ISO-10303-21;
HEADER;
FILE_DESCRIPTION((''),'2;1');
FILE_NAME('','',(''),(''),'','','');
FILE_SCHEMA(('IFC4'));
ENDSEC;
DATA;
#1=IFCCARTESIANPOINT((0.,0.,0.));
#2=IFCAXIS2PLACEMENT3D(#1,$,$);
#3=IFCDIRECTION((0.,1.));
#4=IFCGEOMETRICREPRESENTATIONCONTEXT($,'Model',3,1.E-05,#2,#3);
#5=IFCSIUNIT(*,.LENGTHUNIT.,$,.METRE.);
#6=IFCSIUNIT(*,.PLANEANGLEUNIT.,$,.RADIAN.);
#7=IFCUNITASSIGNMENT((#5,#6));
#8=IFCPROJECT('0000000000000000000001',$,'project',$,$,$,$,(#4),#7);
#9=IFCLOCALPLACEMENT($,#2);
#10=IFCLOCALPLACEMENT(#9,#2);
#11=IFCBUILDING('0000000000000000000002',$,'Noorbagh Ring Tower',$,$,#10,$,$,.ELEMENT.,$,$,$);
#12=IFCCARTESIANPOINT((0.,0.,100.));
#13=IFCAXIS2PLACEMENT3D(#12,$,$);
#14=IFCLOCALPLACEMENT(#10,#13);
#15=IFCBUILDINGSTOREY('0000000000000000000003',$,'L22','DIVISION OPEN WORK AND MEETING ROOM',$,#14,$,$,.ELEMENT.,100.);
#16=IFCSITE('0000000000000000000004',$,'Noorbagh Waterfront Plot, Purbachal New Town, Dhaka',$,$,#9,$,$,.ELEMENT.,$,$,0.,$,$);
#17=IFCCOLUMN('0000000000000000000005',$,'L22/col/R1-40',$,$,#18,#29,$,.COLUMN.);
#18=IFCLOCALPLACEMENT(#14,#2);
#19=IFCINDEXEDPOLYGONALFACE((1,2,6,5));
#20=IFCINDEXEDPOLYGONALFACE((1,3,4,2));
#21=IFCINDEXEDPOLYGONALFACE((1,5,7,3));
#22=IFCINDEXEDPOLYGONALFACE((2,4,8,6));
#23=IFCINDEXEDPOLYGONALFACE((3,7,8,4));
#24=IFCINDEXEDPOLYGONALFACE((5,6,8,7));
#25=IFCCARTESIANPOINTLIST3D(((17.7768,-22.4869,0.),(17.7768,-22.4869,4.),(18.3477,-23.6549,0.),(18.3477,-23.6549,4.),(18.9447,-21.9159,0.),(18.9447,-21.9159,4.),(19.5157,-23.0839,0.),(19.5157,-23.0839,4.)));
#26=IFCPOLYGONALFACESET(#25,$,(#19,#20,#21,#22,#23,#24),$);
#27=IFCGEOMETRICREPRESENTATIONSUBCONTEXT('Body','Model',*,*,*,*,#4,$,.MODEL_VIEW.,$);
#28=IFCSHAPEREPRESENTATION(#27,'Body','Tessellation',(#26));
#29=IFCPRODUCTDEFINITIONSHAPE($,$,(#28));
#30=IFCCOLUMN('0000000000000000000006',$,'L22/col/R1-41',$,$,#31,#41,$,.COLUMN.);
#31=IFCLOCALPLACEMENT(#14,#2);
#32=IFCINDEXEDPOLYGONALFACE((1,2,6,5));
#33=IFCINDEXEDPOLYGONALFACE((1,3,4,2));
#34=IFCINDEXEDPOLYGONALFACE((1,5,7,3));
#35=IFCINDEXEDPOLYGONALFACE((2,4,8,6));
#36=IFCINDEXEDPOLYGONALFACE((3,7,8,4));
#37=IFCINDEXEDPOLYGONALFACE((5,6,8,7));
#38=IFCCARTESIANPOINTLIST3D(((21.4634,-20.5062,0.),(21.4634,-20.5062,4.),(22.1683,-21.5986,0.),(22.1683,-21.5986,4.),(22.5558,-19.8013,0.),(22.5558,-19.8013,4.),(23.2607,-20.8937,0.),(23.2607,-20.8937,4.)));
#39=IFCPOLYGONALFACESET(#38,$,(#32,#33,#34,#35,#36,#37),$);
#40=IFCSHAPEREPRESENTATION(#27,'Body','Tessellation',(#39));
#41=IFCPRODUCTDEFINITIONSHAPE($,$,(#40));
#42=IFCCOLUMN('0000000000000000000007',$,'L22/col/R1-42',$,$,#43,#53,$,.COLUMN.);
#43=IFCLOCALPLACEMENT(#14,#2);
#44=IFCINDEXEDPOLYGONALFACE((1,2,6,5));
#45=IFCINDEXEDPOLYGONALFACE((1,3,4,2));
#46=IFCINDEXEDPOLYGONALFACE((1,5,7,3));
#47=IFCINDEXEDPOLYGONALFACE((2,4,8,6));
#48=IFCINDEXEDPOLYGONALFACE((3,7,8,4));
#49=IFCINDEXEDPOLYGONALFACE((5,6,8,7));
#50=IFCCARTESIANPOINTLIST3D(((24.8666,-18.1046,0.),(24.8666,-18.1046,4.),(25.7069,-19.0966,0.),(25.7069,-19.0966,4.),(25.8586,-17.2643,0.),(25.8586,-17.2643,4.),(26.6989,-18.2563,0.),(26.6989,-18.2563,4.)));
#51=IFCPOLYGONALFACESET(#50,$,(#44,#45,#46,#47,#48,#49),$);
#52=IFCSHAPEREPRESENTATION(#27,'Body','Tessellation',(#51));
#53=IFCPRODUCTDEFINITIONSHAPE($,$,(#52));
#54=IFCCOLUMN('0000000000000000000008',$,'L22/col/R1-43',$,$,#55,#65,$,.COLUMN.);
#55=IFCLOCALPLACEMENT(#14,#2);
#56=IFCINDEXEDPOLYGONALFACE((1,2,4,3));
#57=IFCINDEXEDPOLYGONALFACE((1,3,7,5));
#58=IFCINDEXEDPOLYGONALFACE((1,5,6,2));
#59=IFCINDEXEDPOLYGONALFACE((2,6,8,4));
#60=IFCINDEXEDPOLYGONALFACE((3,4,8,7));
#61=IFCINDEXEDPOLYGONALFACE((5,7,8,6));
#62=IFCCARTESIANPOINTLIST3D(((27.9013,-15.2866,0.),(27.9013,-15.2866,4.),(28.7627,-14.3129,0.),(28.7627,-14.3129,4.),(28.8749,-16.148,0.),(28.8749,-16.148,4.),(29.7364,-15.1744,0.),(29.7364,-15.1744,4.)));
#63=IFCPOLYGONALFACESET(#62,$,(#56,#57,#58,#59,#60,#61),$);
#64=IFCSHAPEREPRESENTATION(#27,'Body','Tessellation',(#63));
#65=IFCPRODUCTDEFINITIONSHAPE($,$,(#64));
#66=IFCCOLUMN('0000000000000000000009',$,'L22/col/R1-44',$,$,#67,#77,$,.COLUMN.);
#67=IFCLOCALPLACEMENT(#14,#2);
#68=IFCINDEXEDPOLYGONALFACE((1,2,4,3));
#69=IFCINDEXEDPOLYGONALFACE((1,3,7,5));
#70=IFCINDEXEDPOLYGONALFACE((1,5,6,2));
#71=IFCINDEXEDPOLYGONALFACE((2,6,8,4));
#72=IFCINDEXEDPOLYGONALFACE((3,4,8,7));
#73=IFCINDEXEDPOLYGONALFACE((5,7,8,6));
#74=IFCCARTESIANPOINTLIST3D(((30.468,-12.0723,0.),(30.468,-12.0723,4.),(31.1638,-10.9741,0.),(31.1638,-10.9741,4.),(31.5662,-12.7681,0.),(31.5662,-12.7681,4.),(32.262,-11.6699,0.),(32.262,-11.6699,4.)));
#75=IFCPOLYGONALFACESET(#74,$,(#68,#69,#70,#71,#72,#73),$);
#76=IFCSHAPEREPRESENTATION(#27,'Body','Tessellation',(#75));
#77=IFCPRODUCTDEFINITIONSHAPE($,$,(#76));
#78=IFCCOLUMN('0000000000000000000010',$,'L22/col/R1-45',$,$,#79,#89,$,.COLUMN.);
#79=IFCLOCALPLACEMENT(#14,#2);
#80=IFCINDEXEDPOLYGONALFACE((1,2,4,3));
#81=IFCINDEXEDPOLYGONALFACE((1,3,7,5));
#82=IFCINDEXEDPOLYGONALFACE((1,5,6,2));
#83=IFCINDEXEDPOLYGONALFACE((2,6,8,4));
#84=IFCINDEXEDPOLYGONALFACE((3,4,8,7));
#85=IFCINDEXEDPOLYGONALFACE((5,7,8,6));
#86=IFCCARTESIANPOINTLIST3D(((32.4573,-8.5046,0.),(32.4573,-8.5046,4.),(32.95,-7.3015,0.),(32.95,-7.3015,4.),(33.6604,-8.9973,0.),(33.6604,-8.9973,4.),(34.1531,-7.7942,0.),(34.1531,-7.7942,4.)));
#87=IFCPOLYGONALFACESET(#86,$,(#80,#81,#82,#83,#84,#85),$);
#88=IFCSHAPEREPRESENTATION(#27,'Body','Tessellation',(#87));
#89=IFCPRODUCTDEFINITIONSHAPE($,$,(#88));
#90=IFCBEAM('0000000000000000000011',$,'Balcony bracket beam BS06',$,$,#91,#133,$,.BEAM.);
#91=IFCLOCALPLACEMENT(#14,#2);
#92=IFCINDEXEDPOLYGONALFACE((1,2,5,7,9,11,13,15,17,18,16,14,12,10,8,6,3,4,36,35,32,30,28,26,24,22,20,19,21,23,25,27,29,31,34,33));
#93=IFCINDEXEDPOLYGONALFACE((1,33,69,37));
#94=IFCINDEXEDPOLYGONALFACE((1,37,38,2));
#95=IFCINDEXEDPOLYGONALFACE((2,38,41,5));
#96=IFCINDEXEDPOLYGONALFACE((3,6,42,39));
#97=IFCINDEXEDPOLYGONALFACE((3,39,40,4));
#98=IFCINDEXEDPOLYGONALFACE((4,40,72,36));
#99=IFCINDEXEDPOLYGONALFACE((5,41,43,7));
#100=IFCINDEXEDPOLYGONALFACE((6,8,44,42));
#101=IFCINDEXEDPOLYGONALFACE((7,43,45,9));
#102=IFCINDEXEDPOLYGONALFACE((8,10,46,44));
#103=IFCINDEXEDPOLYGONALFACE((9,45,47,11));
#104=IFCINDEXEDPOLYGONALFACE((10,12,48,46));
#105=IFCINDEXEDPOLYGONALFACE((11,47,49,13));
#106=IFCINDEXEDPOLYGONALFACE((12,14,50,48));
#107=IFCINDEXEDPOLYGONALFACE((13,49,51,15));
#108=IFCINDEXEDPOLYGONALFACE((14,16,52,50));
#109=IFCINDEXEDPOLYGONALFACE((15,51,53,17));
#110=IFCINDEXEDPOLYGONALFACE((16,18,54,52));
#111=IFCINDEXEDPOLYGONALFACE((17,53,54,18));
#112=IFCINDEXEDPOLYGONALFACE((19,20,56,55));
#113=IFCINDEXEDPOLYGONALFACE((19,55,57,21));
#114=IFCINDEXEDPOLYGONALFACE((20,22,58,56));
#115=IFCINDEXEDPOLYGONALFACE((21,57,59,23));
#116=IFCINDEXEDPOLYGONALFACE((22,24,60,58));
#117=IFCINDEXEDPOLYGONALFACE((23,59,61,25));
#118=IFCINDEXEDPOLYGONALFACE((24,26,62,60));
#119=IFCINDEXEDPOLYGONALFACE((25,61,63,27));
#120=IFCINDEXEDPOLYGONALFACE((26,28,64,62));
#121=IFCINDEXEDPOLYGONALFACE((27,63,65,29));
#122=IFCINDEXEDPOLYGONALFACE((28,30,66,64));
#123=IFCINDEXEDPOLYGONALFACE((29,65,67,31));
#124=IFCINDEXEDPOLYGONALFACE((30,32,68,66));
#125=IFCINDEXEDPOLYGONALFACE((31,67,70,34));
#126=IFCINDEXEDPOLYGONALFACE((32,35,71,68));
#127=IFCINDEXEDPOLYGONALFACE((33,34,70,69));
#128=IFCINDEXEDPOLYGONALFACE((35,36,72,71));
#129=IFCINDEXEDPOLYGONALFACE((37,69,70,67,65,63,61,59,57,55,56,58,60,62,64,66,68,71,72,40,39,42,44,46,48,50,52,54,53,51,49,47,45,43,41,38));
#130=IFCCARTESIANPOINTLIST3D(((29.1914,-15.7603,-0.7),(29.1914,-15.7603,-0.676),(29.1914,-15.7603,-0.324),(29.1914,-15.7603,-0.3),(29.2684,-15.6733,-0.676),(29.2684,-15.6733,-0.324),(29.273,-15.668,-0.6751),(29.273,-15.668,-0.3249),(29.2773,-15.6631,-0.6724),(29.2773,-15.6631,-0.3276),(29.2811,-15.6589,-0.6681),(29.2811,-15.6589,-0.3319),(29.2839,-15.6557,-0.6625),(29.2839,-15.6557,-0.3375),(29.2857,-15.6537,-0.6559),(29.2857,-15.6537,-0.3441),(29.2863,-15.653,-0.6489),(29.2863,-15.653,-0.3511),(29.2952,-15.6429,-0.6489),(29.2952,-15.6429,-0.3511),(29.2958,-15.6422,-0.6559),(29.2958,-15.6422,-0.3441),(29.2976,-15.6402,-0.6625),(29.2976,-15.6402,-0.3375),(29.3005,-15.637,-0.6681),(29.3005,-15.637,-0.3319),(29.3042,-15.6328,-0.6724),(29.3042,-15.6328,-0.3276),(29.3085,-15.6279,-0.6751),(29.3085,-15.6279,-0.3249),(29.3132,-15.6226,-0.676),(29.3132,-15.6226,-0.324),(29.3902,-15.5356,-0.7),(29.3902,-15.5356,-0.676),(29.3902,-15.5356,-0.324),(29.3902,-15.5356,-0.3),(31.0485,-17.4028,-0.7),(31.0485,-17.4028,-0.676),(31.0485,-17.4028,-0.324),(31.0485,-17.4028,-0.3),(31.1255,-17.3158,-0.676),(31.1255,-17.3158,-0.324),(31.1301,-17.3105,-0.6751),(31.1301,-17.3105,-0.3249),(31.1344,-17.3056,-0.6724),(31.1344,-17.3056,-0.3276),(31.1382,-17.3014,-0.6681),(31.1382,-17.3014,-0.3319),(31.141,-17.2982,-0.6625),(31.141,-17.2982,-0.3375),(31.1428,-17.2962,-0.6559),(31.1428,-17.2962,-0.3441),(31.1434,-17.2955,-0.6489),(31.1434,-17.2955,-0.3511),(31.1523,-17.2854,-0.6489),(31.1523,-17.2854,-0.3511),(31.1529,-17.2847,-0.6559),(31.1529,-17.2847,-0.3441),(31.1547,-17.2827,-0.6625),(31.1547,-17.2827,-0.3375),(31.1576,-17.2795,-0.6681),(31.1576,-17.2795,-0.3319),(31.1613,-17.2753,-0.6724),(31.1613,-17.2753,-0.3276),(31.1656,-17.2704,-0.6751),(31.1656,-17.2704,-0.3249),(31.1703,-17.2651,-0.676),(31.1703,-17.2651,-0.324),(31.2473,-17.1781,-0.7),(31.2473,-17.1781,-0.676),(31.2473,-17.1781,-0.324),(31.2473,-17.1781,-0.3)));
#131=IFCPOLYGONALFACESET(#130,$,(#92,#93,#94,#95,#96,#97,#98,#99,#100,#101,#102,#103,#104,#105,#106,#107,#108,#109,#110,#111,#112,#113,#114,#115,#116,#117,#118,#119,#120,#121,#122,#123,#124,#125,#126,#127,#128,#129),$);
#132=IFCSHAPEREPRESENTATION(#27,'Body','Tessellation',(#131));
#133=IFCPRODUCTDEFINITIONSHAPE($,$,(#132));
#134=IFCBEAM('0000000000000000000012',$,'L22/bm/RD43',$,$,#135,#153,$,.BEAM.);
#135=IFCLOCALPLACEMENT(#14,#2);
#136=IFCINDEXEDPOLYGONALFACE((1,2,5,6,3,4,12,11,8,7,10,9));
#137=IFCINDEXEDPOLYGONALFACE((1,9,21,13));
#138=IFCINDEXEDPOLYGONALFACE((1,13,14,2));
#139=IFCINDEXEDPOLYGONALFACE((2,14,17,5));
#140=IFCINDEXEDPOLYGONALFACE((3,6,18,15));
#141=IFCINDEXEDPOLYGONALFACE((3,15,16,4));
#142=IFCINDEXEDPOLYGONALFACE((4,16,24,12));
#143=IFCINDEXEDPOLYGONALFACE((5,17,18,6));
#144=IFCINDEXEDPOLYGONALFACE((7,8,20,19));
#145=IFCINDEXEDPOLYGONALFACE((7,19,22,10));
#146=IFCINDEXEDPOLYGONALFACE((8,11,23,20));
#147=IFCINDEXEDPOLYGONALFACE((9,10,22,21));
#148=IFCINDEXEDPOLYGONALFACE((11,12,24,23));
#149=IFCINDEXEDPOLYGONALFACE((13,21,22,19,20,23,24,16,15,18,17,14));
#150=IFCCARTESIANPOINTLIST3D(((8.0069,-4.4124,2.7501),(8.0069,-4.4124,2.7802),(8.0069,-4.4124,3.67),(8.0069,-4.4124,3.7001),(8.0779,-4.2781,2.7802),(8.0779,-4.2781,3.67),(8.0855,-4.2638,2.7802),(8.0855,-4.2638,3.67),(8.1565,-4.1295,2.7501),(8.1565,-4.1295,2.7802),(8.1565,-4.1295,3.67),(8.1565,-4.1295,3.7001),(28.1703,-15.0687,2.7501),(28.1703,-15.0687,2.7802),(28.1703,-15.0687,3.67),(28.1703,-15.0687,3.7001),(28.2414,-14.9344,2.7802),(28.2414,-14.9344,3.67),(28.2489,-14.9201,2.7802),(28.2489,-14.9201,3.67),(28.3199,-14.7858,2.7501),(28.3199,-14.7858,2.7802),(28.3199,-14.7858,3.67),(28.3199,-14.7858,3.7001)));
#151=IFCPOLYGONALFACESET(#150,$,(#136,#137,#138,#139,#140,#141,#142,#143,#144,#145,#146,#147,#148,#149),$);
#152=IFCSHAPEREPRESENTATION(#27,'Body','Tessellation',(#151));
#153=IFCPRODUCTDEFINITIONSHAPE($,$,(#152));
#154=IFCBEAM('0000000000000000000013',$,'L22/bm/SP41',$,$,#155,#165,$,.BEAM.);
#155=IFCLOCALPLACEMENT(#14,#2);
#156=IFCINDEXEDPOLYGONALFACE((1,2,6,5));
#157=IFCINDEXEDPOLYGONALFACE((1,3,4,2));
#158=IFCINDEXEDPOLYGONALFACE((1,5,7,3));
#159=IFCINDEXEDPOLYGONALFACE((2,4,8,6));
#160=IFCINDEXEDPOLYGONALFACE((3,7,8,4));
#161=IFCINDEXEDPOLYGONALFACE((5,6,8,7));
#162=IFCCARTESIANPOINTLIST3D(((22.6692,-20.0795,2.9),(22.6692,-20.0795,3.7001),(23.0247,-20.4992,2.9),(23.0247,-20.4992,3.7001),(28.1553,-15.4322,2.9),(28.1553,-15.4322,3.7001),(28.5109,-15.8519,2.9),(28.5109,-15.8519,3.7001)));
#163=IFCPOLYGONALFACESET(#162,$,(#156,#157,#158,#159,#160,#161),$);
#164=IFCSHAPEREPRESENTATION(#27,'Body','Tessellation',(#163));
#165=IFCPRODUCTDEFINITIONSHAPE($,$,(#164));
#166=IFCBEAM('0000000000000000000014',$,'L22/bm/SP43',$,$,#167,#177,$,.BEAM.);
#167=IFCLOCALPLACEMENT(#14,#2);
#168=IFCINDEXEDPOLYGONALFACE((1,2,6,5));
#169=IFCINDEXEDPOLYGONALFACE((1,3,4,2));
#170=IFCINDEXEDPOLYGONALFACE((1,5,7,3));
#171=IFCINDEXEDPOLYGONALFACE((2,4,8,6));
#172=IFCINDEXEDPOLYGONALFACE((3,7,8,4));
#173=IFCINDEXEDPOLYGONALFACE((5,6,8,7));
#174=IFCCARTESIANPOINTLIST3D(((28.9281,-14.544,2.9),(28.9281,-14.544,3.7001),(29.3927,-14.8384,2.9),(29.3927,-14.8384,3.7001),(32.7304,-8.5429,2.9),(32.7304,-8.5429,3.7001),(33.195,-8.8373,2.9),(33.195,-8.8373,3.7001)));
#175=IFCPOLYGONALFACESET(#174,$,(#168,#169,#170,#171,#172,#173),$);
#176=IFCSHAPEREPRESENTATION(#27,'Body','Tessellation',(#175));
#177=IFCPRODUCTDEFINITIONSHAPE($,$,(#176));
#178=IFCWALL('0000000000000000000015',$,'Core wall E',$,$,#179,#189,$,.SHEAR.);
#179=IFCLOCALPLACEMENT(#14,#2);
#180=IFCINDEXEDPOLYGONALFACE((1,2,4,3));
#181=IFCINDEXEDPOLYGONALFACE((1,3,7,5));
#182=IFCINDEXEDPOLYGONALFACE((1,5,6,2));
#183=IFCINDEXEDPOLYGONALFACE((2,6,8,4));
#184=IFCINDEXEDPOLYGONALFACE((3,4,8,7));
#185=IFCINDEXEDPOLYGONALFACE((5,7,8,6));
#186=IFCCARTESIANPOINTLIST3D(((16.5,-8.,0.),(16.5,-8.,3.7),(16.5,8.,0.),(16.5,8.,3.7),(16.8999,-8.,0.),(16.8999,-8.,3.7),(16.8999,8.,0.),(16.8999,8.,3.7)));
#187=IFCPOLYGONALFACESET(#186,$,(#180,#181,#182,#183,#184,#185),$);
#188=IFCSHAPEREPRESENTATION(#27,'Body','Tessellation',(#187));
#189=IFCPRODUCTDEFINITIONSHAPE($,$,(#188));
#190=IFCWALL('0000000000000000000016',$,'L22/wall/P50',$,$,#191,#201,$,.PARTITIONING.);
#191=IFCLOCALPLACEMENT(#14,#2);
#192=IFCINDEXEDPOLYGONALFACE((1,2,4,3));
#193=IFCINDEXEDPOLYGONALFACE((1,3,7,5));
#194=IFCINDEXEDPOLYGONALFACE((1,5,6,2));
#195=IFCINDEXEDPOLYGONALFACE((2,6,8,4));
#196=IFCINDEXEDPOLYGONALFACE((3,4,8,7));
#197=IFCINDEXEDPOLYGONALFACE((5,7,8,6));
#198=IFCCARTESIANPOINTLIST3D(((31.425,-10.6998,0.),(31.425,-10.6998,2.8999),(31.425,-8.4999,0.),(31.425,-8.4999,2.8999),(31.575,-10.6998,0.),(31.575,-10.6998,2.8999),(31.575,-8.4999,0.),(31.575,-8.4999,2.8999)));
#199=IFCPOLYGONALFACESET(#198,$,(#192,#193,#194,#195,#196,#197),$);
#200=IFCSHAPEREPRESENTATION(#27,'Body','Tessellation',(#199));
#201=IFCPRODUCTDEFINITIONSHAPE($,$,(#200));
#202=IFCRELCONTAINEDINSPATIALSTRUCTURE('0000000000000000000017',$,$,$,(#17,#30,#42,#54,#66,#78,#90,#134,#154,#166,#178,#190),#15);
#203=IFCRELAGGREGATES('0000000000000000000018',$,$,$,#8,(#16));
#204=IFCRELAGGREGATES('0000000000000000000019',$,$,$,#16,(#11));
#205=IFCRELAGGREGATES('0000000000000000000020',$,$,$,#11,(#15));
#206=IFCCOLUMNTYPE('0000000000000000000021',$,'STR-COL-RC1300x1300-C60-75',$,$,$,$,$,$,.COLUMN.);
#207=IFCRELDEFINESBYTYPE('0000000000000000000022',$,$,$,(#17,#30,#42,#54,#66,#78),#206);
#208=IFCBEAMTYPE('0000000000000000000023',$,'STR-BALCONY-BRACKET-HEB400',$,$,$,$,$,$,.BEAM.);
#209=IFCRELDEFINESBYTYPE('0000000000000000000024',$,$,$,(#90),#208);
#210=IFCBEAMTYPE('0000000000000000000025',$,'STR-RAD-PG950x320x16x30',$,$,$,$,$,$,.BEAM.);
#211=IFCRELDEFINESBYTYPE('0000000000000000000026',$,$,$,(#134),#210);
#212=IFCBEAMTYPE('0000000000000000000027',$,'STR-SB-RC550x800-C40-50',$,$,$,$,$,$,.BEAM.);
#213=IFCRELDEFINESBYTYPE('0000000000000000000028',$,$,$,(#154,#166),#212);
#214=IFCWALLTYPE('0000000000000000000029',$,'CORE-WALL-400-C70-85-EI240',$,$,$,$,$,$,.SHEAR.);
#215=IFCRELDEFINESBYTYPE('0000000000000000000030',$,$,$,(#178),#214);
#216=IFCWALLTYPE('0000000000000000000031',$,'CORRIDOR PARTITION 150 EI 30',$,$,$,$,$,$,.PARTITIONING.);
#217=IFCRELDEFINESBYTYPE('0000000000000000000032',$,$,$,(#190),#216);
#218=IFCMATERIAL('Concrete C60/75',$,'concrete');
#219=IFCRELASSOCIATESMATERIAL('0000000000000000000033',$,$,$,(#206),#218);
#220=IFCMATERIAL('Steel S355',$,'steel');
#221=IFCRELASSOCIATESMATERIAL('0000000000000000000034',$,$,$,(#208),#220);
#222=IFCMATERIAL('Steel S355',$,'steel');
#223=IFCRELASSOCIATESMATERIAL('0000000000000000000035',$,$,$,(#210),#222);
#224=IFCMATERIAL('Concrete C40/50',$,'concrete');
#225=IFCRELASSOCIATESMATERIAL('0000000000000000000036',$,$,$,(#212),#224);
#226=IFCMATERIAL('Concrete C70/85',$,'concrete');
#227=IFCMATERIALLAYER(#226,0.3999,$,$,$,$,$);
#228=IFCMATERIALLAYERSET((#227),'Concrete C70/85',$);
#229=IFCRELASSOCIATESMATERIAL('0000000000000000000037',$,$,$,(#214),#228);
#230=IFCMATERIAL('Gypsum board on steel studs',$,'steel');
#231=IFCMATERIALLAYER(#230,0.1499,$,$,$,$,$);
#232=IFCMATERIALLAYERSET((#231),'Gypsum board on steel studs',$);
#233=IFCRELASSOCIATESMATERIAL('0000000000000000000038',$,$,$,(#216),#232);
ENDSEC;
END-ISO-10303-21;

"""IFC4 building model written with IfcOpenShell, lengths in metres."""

from ifc_helpers import new_model, si_unit, direction, frame, frame_2d, origin, origin_2d, place, context, subcontext, project, spatial, rectangle, i_section, extrude, material, layer, layer_set, material_profile, profile_set, type_object, element, save


model = new_model("IFC4")

# Units and contexts
model_context = context("Model", 3, precision=1e-05, world=origin(), true_north=direction((0.0, 1.0)))
body_context = subcontext(model_context, "Body", "Model", "MODEL_VIEW")
ifc_project = project(units=[si_unit("LENGTHUNIT", "METRE"), si_unit("PLANEANGLEUNIT", "RADIAN")], contexts=[model_context])

# Site, building, storey
site_placement = place(None, origin())
site = spatial("IfcSite", under=ifc_project, at=site_placement, Name="Noorbagh Waterfront Plot, Purbachal New Town, Dhaka", CompositionType="ELEMENT", RefElevation=0.0)
building_placement = place(site_placement, origin())
building = spatial("IfcBuilding", under=site, at=building_placement, Name="Noorbagh Ring Tower", CompositionType="ELEMENT")
storey_placement = place(building_placement, frame((0.0, 0.0, 100.0)))
storey = spatial("IfcBuildingStorey", under=building, at=storey_placement, Name="L22", Description="DIVISION OPEN WORK AND MEETING ROOM", CompositionType="ELEMENT", Elevation=100.0)

# Columns
ifc_material_1 = material(Name="Concrete C60/75", Category="concrete")
ifc_material_profile_1 = material_profile(ifc_material_1, rectangle(XDim=1.3, YDim=1.3, at=origin_2d()), Name="RC1300x1300")
ifc_profile_set_1 = profile_set([ifc_material_profile_1], Name="Concrete C60/75")
column_type = type_object("IfcColumnType", Name="STR-COL-RC1300x1300-C60-75", PredefinedType="COLUMN", material=ifc_profile_set_1)
for number, where, z_axis, x_axis, name in (
    (1, (18.6462, -22.7854, 0.0), (0.0, 0.0, 1.0), (0.898399, 0.43918, 0.0), "L22/col/R1-40"),
    (2, (22.3621, -20.7, 0.0), (0.0, 0.0, 1.0), (0.840248, 0.542203, 0.0), "L22/col/R1-41"),
    (3, (25.7827, -18.1804, 0.0), (0.0, 0.0, 1.0), (0.763035, 0.646357, 0.0), "L22/col/R1-42"),
    (4, (28.8188, -15.2305, 0.0), (0.0, 0.0, 1.0), (0.662636, 0.748942, 0.0), "L22/col/R1-43"),
    (5, (31.365, -11.8711, 0.0), (0.0, 0.0, 1.0), (0.53519, 0.844731, 0.0), "L22/col/R1-44"),
    (6, (33.3052, -8.1494, 0.0), (0.0, 0.0, 1.0), (0.378989, 0.925401, 0.0), "L22/col/R1-45"),
):
    element("IfcColumn", number, at=place(storey_placement, frame(where, z_axis=z_axis, x_axis=x_axis)), inside=storey, type_object=column_type, Name=name, PredefinedType="COLUMN", context=body_context, shape_type="SweptSolid", body=[
        extrude(rectangle(XDim=1.3, YDim=1.3, at=origin_2d()), origin(), (0.0, 0.0, 1.0), 4.0),
    ])

# Beams
ifc_material_2 = material(Name="Steel S355", Category="steel")
ifc_material_profile_2 = material_profile(ifc_material_2, i_section(OverallWidth=0.3, OverallDepth=0.3999, WebThickness=0.0134, FlangeThickness=0.0239, FilletRadius=0.0271, at=origin_2d()), Name="HEB400")
ifc_profile_set_2 = profile_set([ifc_material_profile_2], Name="Steel S355")
beam_type_1 = type_object("IfcBeamType", Name="STR-BALCONY-BRACKET-HEB400", PredefinedType="BEAM", material=ifc_profile_set_2)
beam_1_placement = place(storey_placement, frame((29.2908, -15.6479, -0.5), z_axis=(0.749059, -0.662504, 0.0), x_axis=(0.662504, 0.749059, 0.0)))
element("IfcBeam", 7, at=beam_1_placement, inside=storey, type_object=beam_type_1, Name="Balcony bracket beam BS06", PredefinedType="BEAM", context=body_context, shape_type="SweptSolid", body=[
    extrude(i_section(OverallWidth=0.3, OverallDepth=0.3999, WebThickness=0.0134, FlangeThickness=0.0239, FilletRadius=0.0271, at=origin_2d()), origin(), (0.0, 0.0, 1.0), 2.4792),
])
ifc_material_3 = material(Name="Steel S355", Category="steel")
ifc_material_profile_3 = material_profile(ifc_material_3, i_section(OverallWidth=0.3201, OverallDepth=0.95, WebThickness=0.0161, FlangeThickness=0.03, at=origin_2d()), Name="PG950x320x16x30")
ifc_profile_set_3 = profile_set([ifc_material_profile_3], Name="Steel S355")
beam_type_2 = type_object("IfcBeamType", Name="STR-RAD-PG950x320x16x30", PredefinedType="BEAM", material=ifc_profile_set_3)
beam_2_placement = place(storey_placement, frame((28.2451, -14.9272, 3.2251), z_axis=(-0.884122, 0.467256, 0.0), x_axis=(-0.467256, -0.884122, 0.0)))
element("IfcBeam", 8, at=beam_2_placement, inside=storey, type_object=beam_type_2, Name="L22/bm/RD43", PredefinedType="BEAM", context=body_context, shape_type="SweptSolid", body=[
    extrude(i_section(OverallWidth=0.3201, OverallDepth=0.95, WebThickness=0.0161, FlangeThickness=0.03, at=origin_2d()), origin(), (0.0, 0.0, 1.0), 22.8062),
])
ifc_material_4 = material(Name="Concrete C40/50", Category="concrete")
ifc_material_profile_4 = material_profile(ifc_material_4, rectangle(XDim=0.55, YDim=0.8, at=origin_2d()), Name="RC550x800")
ifc_profile_set_4 = profile_set([ifc_material_profile_4], Name="Concrete C40/50")
beam_type_3 = type_object("IfcBeamType", Name="STR-SB-RC550x800-C40-50", PredefinedType="BEAM", material=ifc_profile_set_4)
beam_3_placement = place(storey_placement, frame((22.8469, -20.2893, 3.3), z_axis=(0.763033, 0.646359, 0.0), x_axis=(-0.646359, 0.763033, 0.0)))
element("IfcBeam", 9, at=beam_3_placement, inside=storey, type_object=beam_type_3, Name="L22/bm/SP41", PredefinedType="BEAM", context=body_context, shape_type="SweptSolid", body=[
    extrude(rectangle(XDim=0.55, YDim=0.8, at=origin_2d()), origin(), (0.0, 0.0, 1.0), 7.1899),
])
beam_4_placement = place(storey_placement, frame((29.1604, -14.6912, 3.3), z_axis=(0.535216, 0.844715, 0.0), x_axis=(-0.844715, 0.535216, 0.0)))
element("IfcBeam", 10, at=beam_4_placement, inside=storey, type_object=beam_type_3, Name="L22/bm/SP43", PredefinedType="BEAM", context=body_context, shape_type="SweptSolid", body=[
    extrude(rectangle(XDim=0.55, YDim=0.8, at=origin_2d()), origin(), (0.0, 0.0, 1.0), 7.1042),
])

# Walls
ifc_material_5 = material(Name="Concrete C70/85", Category="concrete")
ifc_layer_1 = layer(ifc_material_5, 0.3999)
ifc_layer_set_1 = layer_set([ifc_layer_1], Name="Concrete C70/85")
wall_type_1 = type_object("IfcWallType", Name="CORE-WALL-400-C70-85-EI240", PredefinedType="SHEAR", material=ifc_layer_set_1)
wall_1_placement = place(storey_placement, frame((16.7, -8.0, 0.0), z_axis=(0.0, 0.0, 1.0), x_axis=(0.0, 1.0, 0.0)))
element("IfcWall", 11, at=wall_1_placement, inside=storey, type_object=wall_type_1, Name="Core wall E", PredefinedType="SHEAR", context=body_context, shape_type="SweptSolid", body=[
    extrude(rectangle(XDim=16.0, YDim=0.3999, at=frame_2d((8.0, 0.0))), origin(), (0.0, 0.0, 1.0), 3.7),
])
ifc_material_6 = material(Name="Gypsum board on steel studs", Category="steel")
ifc_layer_2 = layer(ifc_material_6, 0.1499)
ifc_layer_set_2 = layer_set([ifc_layer_2], Name="Gypsum board on steel studs")
wall_type_2 = type_object("IfcWallType", Name="CORRIDOR PARTITION 150 EI 30", PredefinedType="PARTITIONING", material=ifc_layer_set_2)
wall_2_placement = place(storey_placement, frame((31.5, -10.7, 0.0), z_axis=(0.0, 0.0, 1.0), x_axis=(0.0, 1.0, 0.0)))
element("IfcWall", 12, at=wall_2_placement, inside=storey, type_object=wall_type_2, Name="L22/wall/P50", PredefinedType="PARTITIONING", context=body_context, shape_type="SweptSolid", body=[
    extrude(rectangle(XDim=2.2, YDim=0.1499, at=frame_2d((1.1001, 0.0))), origin(), (0.0, 0.0, 1.0), 2.8999),
])

save(model, "model.ifc")
